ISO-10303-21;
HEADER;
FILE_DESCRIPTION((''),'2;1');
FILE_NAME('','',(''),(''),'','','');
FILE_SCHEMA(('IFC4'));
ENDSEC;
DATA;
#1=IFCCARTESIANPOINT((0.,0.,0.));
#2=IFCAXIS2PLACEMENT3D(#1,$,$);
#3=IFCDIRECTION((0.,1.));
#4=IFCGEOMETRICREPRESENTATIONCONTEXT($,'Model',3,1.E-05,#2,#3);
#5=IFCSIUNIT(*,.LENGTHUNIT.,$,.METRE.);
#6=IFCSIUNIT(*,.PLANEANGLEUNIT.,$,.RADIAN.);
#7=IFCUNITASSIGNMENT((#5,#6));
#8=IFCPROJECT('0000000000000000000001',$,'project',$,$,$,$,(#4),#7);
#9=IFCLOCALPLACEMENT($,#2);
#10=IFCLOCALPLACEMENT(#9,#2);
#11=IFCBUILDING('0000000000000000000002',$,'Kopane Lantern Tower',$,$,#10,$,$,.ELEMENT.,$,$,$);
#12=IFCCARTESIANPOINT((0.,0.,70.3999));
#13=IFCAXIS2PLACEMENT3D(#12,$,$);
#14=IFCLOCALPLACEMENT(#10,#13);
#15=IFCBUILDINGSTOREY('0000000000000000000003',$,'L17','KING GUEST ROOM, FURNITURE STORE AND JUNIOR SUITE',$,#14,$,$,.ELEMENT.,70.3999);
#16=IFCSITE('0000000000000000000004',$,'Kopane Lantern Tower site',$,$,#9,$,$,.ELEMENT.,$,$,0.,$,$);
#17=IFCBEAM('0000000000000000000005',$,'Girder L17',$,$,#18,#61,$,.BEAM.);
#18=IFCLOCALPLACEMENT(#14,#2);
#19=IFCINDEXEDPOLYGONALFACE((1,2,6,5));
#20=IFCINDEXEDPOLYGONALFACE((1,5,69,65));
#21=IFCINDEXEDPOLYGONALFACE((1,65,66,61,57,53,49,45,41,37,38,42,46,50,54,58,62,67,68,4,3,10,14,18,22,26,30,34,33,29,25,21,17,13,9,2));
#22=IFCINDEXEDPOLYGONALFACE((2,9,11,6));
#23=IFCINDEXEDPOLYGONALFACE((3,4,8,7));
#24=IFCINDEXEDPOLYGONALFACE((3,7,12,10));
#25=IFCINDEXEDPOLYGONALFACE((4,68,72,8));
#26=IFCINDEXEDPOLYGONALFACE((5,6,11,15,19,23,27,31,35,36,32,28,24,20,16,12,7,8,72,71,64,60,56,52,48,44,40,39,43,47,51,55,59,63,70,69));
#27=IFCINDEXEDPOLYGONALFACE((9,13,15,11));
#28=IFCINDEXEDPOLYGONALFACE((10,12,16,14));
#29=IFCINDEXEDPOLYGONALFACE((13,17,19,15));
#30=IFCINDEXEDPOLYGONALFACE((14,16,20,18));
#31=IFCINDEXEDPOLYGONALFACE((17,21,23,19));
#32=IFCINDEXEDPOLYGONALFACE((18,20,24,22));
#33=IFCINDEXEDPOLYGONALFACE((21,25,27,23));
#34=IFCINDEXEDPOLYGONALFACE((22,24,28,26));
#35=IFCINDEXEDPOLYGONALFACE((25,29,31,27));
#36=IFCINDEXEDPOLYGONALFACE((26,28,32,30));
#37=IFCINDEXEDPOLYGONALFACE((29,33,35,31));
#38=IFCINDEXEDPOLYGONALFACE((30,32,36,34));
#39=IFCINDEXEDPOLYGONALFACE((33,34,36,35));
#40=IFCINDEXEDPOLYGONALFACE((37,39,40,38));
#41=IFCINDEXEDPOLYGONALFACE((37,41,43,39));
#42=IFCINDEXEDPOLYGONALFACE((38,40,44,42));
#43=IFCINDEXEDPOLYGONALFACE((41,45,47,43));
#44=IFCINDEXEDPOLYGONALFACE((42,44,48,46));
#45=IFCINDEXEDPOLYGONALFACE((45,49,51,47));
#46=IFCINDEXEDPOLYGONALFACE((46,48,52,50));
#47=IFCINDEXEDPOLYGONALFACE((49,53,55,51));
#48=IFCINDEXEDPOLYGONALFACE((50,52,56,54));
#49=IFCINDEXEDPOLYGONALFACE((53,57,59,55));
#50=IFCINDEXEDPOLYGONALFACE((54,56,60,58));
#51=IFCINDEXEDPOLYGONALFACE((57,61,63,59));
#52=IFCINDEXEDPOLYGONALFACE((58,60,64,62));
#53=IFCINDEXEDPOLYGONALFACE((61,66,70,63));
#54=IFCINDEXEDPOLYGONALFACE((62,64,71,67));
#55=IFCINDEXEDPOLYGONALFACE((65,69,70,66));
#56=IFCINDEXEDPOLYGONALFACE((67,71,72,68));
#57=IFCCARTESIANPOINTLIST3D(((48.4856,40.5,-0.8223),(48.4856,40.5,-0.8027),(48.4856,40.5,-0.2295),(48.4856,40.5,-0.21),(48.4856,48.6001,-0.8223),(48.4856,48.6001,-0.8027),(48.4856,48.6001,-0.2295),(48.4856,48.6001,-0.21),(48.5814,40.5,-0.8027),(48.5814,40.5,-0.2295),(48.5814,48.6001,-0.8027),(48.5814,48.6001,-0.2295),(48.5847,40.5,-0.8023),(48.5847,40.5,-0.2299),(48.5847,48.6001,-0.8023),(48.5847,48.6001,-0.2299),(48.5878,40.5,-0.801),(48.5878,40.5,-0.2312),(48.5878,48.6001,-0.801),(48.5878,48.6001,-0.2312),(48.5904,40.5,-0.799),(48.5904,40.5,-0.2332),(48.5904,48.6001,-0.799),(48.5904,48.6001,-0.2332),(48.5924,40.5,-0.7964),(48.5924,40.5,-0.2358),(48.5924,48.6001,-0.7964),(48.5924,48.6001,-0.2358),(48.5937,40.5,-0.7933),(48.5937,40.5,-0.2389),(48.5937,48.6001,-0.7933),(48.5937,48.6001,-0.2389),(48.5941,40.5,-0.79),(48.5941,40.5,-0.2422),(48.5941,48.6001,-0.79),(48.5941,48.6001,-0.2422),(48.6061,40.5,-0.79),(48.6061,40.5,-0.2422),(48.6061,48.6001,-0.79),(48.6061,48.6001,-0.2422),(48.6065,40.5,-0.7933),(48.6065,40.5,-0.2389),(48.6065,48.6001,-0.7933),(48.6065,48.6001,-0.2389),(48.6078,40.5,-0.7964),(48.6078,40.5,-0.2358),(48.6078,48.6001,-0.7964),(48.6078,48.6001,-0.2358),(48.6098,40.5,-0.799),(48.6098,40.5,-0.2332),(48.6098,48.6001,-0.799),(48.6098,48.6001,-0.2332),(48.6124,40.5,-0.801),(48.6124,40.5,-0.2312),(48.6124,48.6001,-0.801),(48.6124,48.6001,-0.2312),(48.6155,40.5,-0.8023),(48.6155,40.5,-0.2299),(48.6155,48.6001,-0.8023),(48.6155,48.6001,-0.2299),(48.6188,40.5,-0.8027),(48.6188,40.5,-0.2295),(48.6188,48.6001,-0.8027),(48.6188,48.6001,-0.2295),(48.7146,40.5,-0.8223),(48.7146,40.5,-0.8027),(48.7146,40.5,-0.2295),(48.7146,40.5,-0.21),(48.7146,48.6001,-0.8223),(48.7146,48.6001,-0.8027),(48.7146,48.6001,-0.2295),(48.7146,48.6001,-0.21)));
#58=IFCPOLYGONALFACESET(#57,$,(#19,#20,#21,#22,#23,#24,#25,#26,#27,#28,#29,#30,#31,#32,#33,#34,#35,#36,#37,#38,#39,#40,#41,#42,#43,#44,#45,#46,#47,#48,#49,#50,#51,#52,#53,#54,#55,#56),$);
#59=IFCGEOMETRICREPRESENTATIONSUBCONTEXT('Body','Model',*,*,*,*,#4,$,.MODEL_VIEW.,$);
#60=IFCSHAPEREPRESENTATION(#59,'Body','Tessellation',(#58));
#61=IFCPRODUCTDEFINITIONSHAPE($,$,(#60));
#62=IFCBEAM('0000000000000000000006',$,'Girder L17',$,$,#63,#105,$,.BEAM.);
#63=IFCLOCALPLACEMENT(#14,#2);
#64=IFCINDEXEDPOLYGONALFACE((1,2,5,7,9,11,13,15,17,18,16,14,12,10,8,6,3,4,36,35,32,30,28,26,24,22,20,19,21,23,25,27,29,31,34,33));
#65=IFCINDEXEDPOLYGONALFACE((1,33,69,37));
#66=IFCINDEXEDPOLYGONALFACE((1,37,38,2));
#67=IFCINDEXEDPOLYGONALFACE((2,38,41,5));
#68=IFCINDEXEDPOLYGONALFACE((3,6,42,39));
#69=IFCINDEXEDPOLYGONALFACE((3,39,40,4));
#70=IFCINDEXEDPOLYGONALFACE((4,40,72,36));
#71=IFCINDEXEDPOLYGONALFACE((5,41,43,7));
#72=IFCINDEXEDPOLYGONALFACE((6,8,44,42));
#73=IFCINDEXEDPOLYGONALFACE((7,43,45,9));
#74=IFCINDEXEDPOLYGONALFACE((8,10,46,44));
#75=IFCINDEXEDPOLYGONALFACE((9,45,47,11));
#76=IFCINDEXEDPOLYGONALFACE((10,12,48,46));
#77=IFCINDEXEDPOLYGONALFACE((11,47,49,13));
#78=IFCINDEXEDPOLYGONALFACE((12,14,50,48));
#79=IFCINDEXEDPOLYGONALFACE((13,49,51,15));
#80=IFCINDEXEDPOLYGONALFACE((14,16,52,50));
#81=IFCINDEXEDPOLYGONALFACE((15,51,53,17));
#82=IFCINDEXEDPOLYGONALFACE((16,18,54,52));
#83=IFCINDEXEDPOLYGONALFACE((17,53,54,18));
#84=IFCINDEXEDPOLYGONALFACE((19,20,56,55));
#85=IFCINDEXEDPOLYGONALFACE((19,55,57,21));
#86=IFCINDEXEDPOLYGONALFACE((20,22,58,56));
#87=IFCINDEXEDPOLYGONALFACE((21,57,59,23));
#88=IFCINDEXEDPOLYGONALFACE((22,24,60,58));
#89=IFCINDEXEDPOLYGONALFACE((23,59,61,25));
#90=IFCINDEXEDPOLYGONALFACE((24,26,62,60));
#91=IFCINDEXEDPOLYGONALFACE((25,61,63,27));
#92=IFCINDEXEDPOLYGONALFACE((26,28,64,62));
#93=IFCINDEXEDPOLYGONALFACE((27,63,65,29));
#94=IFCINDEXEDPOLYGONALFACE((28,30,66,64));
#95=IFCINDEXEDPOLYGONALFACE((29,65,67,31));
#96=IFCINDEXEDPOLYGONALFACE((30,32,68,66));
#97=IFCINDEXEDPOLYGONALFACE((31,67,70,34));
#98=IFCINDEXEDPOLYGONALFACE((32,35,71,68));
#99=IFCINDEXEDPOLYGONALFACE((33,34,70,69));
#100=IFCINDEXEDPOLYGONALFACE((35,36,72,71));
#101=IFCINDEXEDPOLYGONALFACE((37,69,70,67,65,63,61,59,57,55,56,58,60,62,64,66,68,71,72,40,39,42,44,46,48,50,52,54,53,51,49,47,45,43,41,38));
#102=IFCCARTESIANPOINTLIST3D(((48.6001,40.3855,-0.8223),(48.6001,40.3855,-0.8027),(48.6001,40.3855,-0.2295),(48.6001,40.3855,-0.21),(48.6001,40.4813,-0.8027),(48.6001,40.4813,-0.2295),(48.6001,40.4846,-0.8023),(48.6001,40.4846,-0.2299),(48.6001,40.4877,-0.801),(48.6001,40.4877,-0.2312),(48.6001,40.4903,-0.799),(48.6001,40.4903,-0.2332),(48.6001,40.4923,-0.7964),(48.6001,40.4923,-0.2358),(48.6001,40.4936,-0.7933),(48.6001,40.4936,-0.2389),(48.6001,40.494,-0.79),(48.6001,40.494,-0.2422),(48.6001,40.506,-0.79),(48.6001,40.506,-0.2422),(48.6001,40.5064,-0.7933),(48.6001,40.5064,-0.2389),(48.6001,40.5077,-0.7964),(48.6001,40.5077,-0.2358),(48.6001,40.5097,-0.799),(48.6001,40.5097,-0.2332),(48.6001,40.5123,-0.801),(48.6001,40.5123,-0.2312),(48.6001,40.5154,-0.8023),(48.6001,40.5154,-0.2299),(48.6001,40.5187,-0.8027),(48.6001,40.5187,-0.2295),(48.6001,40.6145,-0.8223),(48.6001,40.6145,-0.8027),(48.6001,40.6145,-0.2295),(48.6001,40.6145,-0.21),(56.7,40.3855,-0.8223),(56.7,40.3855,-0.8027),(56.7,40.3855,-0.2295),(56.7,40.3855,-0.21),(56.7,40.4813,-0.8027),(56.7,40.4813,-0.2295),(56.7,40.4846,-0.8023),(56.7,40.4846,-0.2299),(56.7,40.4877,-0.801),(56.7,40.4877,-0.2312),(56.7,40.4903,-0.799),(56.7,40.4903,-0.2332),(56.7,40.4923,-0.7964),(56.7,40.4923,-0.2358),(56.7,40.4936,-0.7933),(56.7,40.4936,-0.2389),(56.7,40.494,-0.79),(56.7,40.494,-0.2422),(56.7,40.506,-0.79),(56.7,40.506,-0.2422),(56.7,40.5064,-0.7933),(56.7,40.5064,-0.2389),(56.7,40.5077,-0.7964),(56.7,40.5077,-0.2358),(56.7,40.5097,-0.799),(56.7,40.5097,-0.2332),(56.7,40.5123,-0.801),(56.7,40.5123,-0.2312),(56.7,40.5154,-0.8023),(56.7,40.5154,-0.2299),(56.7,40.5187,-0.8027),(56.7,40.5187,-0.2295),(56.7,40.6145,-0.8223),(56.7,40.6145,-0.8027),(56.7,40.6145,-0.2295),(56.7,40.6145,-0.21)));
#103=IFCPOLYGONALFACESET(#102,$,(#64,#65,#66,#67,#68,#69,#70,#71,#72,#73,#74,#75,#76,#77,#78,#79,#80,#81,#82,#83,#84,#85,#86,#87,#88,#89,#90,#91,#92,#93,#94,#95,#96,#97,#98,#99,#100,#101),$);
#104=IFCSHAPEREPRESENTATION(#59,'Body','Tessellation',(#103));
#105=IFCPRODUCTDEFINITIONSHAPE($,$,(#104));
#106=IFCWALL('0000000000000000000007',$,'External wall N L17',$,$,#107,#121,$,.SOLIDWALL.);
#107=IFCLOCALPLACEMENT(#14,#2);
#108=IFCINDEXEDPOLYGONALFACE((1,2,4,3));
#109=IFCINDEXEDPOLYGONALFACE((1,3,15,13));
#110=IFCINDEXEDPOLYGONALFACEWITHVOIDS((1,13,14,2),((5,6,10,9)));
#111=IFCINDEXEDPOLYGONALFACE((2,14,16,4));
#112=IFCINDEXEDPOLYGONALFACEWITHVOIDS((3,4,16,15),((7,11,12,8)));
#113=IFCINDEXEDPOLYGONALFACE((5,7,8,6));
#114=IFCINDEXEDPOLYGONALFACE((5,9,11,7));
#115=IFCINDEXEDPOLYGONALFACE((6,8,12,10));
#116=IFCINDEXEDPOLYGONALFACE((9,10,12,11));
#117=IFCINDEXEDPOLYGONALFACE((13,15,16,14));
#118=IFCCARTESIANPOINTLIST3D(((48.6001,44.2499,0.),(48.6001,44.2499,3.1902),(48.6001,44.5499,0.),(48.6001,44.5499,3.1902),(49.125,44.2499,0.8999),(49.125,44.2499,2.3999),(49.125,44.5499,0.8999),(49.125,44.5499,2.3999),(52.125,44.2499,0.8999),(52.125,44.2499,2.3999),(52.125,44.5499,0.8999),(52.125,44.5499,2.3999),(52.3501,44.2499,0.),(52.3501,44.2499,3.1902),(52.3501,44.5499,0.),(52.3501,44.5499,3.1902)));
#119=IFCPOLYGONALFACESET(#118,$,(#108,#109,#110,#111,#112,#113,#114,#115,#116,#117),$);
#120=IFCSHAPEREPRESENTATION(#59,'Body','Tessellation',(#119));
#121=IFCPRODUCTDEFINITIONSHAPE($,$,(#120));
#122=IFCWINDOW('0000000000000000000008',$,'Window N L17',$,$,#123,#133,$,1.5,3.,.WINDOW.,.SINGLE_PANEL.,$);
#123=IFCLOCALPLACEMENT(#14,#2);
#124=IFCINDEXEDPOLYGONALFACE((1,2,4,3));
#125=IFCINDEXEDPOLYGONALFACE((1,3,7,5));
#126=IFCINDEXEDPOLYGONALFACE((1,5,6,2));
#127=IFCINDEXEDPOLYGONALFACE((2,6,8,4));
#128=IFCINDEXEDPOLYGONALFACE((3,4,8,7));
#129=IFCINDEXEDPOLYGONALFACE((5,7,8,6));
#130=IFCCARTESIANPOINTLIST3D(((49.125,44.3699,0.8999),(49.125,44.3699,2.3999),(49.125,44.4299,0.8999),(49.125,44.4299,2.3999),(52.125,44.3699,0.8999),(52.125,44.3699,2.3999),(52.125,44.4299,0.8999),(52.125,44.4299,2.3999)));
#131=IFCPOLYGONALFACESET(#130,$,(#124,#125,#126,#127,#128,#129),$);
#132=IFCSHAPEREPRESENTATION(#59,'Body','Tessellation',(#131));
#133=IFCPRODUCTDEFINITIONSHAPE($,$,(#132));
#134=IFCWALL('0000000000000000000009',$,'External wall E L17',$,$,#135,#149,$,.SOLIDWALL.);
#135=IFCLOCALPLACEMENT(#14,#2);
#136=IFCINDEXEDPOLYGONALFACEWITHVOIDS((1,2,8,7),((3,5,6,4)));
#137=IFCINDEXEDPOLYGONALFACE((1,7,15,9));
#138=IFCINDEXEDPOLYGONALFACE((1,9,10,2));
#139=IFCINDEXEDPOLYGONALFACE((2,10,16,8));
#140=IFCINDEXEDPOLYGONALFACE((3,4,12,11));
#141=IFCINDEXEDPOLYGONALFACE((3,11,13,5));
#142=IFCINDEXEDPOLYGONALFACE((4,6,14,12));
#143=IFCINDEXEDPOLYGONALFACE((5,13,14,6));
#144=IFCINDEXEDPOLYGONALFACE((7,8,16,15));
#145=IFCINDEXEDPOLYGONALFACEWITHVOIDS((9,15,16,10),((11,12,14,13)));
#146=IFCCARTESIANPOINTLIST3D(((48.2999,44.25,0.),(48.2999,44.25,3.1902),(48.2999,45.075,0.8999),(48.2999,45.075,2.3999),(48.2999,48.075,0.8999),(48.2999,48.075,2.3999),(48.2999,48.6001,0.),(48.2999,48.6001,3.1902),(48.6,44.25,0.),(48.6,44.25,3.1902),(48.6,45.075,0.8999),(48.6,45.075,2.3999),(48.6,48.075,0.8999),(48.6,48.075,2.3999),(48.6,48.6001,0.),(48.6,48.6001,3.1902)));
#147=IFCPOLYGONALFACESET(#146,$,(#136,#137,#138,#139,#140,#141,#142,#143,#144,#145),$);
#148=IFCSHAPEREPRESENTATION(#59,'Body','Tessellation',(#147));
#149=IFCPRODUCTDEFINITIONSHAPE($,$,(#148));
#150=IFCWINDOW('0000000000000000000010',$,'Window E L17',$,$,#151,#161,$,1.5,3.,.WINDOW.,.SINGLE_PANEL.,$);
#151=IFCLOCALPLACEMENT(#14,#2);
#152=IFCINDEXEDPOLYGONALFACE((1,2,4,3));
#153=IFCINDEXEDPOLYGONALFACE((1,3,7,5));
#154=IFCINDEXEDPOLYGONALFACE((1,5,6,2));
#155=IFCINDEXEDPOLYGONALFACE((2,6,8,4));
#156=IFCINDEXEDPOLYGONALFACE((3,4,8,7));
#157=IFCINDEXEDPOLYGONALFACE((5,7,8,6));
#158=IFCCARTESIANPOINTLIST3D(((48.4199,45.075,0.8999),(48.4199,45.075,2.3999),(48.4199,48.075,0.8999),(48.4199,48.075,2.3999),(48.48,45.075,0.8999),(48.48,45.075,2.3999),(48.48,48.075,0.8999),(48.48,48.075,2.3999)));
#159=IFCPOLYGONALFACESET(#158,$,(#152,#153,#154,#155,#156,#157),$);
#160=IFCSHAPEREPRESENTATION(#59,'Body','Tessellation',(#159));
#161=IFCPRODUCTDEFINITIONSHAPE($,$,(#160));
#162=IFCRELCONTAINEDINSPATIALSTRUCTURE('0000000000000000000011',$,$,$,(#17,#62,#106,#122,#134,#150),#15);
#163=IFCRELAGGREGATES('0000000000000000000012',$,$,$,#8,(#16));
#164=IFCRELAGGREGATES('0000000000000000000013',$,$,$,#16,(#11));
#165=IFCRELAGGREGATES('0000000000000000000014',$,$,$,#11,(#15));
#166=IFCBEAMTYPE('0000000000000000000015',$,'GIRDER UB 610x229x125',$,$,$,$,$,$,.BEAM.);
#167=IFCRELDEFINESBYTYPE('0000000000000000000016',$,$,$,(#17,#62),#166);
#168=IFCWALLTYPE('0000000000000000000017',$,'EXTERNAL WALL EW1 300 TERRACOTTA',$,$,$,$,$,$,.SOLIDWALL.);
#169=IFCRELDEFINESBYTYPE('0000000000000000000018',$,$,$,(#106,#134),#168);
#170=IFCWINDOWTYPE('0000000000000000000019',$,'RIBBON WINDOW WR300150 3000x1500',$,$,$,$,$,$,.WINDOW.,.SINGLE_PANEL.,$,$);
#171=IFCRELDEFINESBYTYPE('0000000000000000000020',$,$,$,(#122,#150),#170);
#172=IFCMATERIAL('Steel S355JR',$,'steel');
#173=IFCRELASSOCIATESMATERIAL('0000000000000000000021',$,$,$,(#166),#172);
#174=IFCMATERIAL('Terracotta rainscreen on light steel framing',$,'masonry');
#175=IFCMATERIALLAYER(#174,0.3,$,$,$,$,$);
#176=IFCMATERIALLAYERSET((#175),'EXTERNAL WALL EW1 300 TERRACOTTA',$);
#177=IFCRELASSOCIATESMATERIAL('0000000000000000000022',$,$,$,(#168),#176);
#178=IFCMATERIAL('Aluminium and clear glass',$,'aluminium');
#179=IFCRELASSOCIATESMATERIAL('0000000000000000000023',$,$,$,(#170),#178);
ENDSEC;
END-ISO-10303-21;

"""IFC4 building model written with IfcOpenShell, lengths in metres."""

from ifc_helpers import new_model, si_unit, direction, frame, frame_2d, origin, origin_2d, place, context, subcontext, project, spatial, rectangle, i_section, extrude, material, layer, layer_set, material_profile, profile_set, type_object, element, fill, save


model = new_model("IFC4")

# Units and contexts
model_context = context("Model", 3, precision=1e-05, world=origin(), true_north=direction((0.0, 1.0)))
body_context = subcontext(model_context, "Body", "Model", "MODEL_VIEW")
ifc_project = project(units=[si_unit("LENGTHUNIT", "METRE"), si_unit("PLANEANGLEUNIT", "RADIAN")], contexts=[model_context])

# Site, building, storey
site_placement = place(None, origin())
site = spatial("IfcSite", under=ifc_project, at=site_placement, Name="Kopane Lantern Tower site", CompositionType="ELEMENT", RefElevation=0.0)
building_placement = place(site_placement, origin())
building = spatial("IfcBuilding", under=site, at=building_placement, Name="Kopane Lantern Tower", CompositionType="ELEMENT")
storey_placement = place(building_placement, frame((0.0, 0.0, 70.3999)))
storey = spatial("IfcBuildingStorey", under=building, at=storey_placement, Name="L17", Description="KING GUEST ROOM, FURNITURE STORE AND JUNIOR SUITE", CompositionType="ELEMENT", Elevation=70.3999)

# Beams
ifc_material_1 = material(Name="Steel S355JR", Category="steel")
ifc_material_profile_1 = material_profile(ifc_material_1, i_section(OverallWidth=0.229, OverallDepth=0.6123, WebThickness=0.012, FlangeThickness=0.0195, FilletRadius=0.0127, at=origin_2d()), Name="UB 610x229x125")
ifc_profile_set_1 = profile_set([ifc_material_profile_1], Name="Steel S355JR")
beam_type_1 = type_object("IfcBeamType", Name="GIRDER UB 610x229x125", PredefinedType="BEAM", material=ifc_profile_set_1)
beam_1_placement = place(storey_placement, frame((48.6001, 40.5, -0.5161), z_axis=(0.0, 1.0, 0.0), x_axis=(-1.0, 0.0, 0.0)))
element("IfcBeam", 1, at=beam_1_placement, inside=storey, type_object=beam_type_1, Name="Girder L17", PredefinedType="BEAM", context=body_context, shape_type="SweptSolid", body=[
    extrude(i_section(OverallWidth=0.229, OverallDepth=0.6123, WebThickness=0.012, FlangeThickness=0.0195, FilletRadius=0.0127, at=origin_2d()), origin(), (0.0, 0.0, 1.0), 8.1001),
])
beam_2_placement = place(storey_placement, frame((48.6001, 40.5, -0.5161), z_axis=(1.0, 0.0, 0.0), x_axis=(0.0, 1.0, 0.0)))
element("IfcBeam", 2, at=beam_2_placement, inside=storey, type_object=beam_type_1, Name="Girder L17", PredefinedType="BEAM", context=body_context, shape_type="SweptSolid", body=[
    extrude(i_section(OverallWidth=0.229, OverallDepth=0.6123, WebThickness=0.012, FlangeThickness=0.0195, FilletRadius=0.0127, at=origin_2d()), origin(), (0.0, 0.0, 1.0), 8.0999),
])

# Walls, openings, windows
ifc_material_2 = material(Name="Terracotta rainscreen on light steel framing", Category="masonry")
ifc_layer = layer(ifc_material_2, 0.3)
ifc_layer_set = layer_set([ifc_layer], Name="EXTERNAL WALL EW1 300 TERRACOTTA")
wall_type = type_object("IfcWallType", Name="EXTERNAL WALL EW1 300 TERRACOTTA", PredefinedType="SOLIDWALL", material=ifc_layer_set)
wall_1_placement = place(storey_placement, frame((52.3501, 44.3999, 0.0), z_axis=(0.0, 0.0, 1.0), x_axis=(-1.0, 0.0, 0.0)))
wall_1 = element("IfcWall", 3, at=wall_1_placement, inside=storey, type_object=wall_type, Name="External wall N L17", PredefinedType="SOLIDWALL", context=body_context, shape_type="SweptSolid", body=[
    extrude(rectangle(XDim=3.75, YDim=0.3, at=frame_2d((1.875, 0.0))), origin(), (0.0, 0.0, 1.0), 3.1902),
])
opening_1_placement = place(wall_1_placement, frame((0.2251, 0.0, 0.8999)))
opening_1 = element("IfcOpeningElement", 4, at=opening_1_placement, cuts=wall_1, PredefinedType="OPENING", context=body_context, shape_type="SweptSolid", body=[
    extrude(rectangle(XDim=3.0, YDim=1.5, at=frame_2d((1.5, 0.75))), frame((0.0, 0.1599, 0.0), z_axis=(0.0, -1.0, 0.0), x_axis=(1.0, 0.0, 0.0)), (0.0, 0.0, 1.0), 0.3201),
])
ifc_material_3 = material(Name="Aluminium and clear glass", Category="aluminium")
window_type_1 = type_object("IfcWindowType", Name="RIBBON WINDOW WR300150 3000x1500", PartitioningType="SINGLE_PANEL", PredefinedType="WINDOW", material=ifc_material_3)
window_1_placement = place(opening_1_placement, origin())
window_1 = element("IfcWindow", 5, at=window_1_placement, inside=storey, type_object=window_type_1, Name="Window N L17", OverallHeight=1.5, OverallWidth=3.0, PartitioningType="SINGLE_PANEL", PredefinedType="WINDOW", context=body_context, shape_type="SweptSolid", body=[
    extrude(rectangle(XDim=3.0, YDim=1.5, at=frame_2d((1.5, 0.75))), frame((0.0, 0.03, 0.0), z_axis=(0.0, -1.0, 0.0), x_axis=(1.0, 0.0, 0.0)), (0.0, 0.0, 1.0), 0.0601),
])
fill(opening_1, window_1)
wall_2_placement = place(storey_placement, frame((48.45, 44.25, 0.0), z_axis=(0.0, 0.0, 1.0), x_axis=(0.0, 1.0, 0.0)))
wall_2 = element("IfcWall", 6, at=wall_2_placement, inside=storey, type_object=wall_type, Name="External wall E L17", PredefinedType="SOLIDWALL", context=body_context, shape_type="SweptSolid", body=[
    extrude(rectangle(XDim=4.3501, YDim=0.3, at=frame_2d((2.175, 0.0))), origin(), (0.0, 0.0, 1.0), 3.1902),
])
opening_2_placement = place(wall_2_placement, frame((0.825, 0.0, 0.8999)))
opening_2 = element("IfcOpeningElement", 7, at=opening_2_placement, cuts=wall_2, PredefinedType="OPENING", context=body_context, shape_type="SweptSolid", body=[
    extrude(rectangle(XDim=3.0, YDim=1.5, at=frame_2d((1.5, 0.75))), frame((0.0, 0.1599, 0.0), z_axis=(0.0, -1.0, 0.0), x_axis=(1.0, 0.0, 0.0)), (0.0, 0.0, 1.0), 0.3201),
])
window_2_placement = place(opening_2_placement, origin())
window_2 = element("IfcWindow", 8, at=window_2_placement, inside=storey, type_object=window_type_1, Name="Window E L17", OverallHeight=1.5, OverallWidth=3.0, PartitioningType="SINGLE_PANEL", PredefinedType="WINDOW", context=body_context, shape_type="SweptSolid", body=[
    extrude(rectangle(XDim=3.0, YDim=1.5, at=frame_2d((1.5, 0.75))), frame((0.0, 0.03, 0.0), z_axis=(0.0, -1.0, 0.0), x_axis=(1.0, 0.0, 0.0)), (0.0, 0.0, 1.0), 0.0601),
])
fill(opening_2, window_2)

save(model, "model.ifc")
